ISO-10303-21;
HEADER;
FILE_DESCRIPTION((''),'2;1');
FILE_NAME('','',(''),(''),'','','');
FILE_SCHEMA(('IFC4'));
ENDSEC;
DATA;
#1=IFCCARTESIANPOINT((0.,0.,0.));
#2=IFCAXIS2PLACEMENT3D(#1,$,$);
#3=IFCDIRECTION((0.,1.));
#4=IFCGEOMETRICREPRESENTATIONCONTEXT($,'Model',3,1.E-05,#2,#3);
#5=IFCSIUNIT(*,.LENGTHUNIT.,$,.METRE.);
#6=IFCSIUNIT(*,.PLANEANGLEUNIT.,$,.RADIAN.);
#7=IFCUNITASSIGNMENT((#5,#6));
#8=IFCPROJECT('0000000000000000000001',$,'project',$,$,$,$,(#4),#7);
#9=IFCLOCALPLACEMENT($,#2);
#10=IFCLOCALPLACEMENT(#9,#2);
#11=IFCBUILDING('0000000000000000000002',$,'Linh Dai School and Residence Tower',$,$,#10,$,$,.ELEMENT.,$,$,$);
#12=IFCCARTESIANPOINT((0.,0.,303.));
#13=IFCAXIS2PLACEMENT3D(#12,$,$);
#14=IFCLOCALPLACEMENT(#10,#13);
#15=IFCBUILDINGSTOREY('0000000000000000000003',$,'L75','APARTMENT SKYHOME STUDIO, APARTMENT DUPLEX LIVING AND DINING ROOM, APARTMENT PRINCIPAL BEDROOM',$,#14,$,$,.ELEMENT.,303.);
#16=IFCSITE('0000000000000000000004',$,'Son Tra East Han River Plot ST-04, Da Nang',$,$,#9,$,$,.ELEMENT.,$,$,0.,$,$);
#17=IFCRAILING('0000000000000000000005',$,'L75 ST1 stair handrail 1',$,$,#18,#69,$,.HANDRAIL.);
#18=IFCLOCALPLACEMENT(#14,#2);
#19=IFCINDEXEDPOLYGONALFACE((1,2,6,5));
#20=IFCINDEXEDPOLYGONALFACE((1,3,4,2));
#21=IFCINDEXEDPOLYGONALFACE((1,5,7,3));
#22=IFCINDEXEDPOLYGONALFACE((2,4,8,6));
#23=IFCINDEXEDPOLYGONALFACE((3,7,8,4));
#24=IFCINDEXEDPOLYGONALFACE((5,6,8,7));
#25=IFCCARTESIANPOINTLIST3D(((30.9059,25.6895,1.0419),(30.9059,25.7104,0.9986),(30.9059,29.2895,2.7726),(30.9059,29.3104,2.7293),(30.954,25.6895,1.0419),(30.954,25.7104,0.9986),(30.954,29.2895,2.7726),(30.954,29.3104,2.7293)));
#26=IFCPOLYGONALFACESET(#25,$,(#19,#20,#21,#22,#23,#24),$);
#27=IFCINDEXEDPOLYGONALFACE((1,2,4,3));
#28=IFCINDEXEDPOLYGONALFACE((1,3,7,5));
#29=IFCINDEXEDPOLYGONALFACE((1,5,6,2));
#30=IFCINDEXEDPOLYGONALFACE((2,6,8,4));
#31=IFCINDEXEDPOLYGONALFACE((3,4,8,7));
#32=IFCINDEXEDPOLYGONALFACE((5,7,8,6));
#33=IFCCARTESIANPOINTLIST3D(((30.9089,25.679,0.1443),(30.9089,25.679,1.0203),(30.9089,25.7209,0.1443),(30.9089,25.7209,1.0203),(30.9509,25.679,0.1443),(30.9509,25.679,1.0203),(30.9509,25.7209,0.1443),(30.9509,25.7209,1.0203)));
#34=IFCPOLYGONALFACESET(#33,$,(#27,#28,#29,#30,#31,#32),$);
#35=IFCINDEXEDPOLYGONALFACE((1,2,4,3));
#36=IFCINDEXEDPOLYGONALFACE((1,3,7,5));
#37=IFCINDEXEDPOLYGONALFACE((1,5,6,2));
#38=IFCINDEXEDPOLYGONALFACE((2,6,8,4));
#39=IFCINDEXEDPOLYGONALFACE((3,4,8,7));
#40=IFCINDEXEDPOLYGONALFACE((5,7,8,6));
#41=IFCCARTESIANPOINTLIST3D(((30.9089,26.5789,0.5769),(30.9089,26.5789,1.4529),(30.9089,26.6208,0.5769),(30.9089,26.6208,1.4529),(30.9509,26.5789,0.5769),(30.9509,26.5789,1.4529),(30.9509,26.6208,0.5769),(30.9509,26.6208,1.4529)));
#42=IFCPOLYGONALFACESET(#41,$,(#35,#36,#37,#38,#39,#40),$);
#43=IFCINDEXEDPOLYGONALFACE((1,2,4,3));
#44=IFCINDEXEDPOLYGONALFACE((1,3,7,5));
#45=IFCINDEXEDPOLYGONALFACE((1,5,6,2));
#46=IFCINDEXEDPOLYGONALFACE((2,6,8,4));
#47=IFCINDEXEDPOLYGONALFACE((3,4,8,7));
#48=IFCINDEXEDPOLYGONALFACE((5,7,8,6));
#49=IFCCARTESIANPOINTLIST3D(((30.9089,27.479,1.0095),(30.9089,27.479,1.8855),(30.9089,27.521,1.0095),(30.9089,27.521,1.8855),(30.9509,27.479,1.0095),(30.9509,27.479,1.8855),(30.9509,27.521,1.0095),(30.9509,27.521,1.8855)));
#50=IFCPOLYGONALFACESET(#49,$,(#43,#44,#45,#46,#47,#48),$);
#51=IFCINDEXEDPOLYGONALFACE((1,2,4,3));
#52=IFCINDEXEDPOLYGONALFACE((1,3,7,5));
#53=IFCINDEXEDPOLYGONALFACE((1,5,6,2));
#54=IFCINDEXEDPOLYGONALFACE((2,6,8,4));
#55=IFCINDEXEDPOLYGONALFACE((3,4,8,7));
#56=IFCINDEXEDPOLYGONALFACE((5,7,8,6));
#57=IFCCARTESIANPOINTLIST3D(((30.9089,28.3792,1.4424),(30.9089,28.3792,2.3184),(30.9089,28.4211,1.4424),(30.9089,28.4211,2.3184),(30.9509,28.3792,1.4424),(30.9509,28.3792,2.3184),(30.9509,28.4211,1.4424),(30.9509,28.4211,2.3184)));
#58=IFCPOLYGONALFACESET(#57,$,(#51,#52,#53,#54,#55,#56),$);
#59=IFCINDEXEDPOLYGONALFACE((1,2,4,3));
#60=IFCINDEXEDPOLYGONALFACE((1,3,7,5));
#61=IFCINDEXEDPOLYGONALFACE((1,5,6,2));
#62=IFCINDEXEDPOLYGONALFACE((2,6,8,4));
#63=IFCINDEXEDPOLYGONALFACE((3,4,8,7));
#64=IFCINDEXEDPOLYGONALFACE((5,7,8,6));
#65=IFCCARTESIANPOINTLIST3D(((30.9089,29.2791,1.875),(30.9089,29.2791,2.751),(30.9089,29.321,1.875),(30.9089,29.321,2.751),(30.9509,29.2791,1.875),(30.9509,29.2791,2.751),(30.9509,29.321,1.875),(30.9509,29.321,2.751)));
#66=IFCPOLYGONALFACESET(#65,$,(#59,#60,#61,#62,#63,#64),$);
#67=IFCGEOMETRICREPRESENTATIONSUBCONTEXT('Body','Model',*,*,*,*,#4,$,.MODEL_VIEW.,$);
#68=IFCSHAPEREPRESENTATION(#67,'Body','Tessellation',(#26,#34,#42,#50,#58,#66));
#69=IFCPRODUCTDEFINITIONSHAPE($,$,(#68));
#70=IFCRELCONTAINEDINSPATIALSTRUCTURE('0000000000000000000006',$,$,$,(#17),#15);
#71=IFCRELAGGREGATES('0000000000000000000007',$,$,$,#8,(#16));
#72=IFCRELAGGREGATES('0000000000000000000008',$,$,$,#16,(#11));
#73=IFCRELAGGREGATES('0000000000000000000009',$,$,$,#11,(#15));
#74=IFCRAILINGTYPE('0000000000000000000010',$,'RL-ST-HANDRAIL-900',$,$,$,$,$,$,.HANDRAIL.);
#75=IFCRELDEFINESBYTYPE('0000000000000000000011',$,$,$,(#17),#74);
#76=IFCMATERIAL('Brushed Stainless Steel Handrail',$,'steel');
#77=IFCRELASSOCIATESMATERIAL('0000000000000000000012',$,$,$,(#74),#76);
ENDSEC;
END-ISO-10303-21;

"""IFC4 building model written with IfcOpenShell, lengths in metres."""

from ifc_helpers import new_model, si_unit, direction, frame, origin, origin_2d, place, context, subcontext, project, spatial, rectangle, extrude, source, transform, mapped, material, type_object, element, save


model = new_model("IFC4")

# Units and contexts
model_context = context("Model", 3, precision=1e-05, world=origin(), true_north=direction((0.0, 1.0)))
body_context = subcontext(model_context, "Body", "Model", "MODEL_VIEW")
ifc_project = project(units=[si_unit("LENGTHUNIT", "METRE"), si_unit("PLANEANGLEUNIT", "RADIAN")], contexts=[model_context])

# Site, building, storey
site_placement = place(None, origin())
site = spatial("IfcSite", under=ifc_project, at=site_placement, Name="Son Tra East Han River Plot ST-04, Da Nang", CompositionType="ELEMENT", RefElevation=0.0)
building_placement = place(site_placement, origin())
building = spatial("IfcBuilding", under=site, at=building_placement, Name="Linh Dai School and Residence Tower", CompositionType="ELEMENT")
storey_placement = place(building_placement, frame((0.0, 0.0, 303.0)))
storey = spatial("IfcBuildingStorey", under=building, at=storey_placement, Name="L75", Description="APARTMENT SKYHOME STUDIO, APARTMENT DUPLEX LIVING AND DINING ROOM, APARTMENT PRINCIPAL BEDROOM", CompositionType="ELEMENT", Elevation=303.0)

# Railing
ifc_material_1 = material(Name="Brushed Stainless Steel Handrail", Category="steel")
railing_type_1 = type_object("IfcRailingType", Name="RL-ST-HANDRAIL-900", PredefinedType="HANDRAIL", material=ifc_material_1)
shared_shape_1 = source(origin(), body_context, "Body", "SweptSolid", [
    extrude(rectangle(XDim=0.0481, YDim=0.0481, at=origin_2d()), frame((0.0, 0.0, 0.876), z_axis=(0.0, 0.901263, 0.433273), x_axis=(-1.0, 0.0, 0.0)), (0.0, 0.0, 1.0), 3.9944),
    extrude(rectangle(XDim=0.042, YDim=0.042, at=origin_2d()), origin(), (0.0, 0.0, 1.0), 0.876),
    extrude(rectangle(XDim=0.042, YDim=0.042, at=origin_2d()), frame((0.0, 0.8999, 0.4326)), (0.0, 0.0, 1.0), 0.876),
    extrude(rectangle(XDim=0.042, YDim=0.042, at=origin_2d()), frame((0.0, 1.8, 0.8652)), (0.0, 0.0, 1.0), 0.876),
    extrude(rectangle(XDim=0.042, YDim=0.042, at=origin_2d()), frame((0.0, 2.7002, 1.2981)), (0.0, 0.0, 1.0), 0.876),
    extrude(rectangle(XDim=0.042, YDim=0.042, at=origin_2d()), frame((0.0, 3.6001, 1.7307)), (0.0, 0.0, 1.0), 0.876),
])
railing_1_placement = place(storey_placement, frame((30.9299, 25.7, 0.1443)))
element("IfcRailing", 1, at=railing_1_placement, inside=storey, type_object=railing_type_1, Name="L75 ST1 stair handrail 1", PredefinedType="HANDRAIL", context=body_context, shape_type="MappedRepresentation", body=[
    mapped(shared_shape_1, transform((0.0, 0.0, 0.0), x_axis=(1.0, 0.0, 0.0), y_axis=(0.0, 1.0, 0.0), z_axis=(0.0, 0.0, 1.0), scale=1.0)),
])

save(model, "model.ifc")
